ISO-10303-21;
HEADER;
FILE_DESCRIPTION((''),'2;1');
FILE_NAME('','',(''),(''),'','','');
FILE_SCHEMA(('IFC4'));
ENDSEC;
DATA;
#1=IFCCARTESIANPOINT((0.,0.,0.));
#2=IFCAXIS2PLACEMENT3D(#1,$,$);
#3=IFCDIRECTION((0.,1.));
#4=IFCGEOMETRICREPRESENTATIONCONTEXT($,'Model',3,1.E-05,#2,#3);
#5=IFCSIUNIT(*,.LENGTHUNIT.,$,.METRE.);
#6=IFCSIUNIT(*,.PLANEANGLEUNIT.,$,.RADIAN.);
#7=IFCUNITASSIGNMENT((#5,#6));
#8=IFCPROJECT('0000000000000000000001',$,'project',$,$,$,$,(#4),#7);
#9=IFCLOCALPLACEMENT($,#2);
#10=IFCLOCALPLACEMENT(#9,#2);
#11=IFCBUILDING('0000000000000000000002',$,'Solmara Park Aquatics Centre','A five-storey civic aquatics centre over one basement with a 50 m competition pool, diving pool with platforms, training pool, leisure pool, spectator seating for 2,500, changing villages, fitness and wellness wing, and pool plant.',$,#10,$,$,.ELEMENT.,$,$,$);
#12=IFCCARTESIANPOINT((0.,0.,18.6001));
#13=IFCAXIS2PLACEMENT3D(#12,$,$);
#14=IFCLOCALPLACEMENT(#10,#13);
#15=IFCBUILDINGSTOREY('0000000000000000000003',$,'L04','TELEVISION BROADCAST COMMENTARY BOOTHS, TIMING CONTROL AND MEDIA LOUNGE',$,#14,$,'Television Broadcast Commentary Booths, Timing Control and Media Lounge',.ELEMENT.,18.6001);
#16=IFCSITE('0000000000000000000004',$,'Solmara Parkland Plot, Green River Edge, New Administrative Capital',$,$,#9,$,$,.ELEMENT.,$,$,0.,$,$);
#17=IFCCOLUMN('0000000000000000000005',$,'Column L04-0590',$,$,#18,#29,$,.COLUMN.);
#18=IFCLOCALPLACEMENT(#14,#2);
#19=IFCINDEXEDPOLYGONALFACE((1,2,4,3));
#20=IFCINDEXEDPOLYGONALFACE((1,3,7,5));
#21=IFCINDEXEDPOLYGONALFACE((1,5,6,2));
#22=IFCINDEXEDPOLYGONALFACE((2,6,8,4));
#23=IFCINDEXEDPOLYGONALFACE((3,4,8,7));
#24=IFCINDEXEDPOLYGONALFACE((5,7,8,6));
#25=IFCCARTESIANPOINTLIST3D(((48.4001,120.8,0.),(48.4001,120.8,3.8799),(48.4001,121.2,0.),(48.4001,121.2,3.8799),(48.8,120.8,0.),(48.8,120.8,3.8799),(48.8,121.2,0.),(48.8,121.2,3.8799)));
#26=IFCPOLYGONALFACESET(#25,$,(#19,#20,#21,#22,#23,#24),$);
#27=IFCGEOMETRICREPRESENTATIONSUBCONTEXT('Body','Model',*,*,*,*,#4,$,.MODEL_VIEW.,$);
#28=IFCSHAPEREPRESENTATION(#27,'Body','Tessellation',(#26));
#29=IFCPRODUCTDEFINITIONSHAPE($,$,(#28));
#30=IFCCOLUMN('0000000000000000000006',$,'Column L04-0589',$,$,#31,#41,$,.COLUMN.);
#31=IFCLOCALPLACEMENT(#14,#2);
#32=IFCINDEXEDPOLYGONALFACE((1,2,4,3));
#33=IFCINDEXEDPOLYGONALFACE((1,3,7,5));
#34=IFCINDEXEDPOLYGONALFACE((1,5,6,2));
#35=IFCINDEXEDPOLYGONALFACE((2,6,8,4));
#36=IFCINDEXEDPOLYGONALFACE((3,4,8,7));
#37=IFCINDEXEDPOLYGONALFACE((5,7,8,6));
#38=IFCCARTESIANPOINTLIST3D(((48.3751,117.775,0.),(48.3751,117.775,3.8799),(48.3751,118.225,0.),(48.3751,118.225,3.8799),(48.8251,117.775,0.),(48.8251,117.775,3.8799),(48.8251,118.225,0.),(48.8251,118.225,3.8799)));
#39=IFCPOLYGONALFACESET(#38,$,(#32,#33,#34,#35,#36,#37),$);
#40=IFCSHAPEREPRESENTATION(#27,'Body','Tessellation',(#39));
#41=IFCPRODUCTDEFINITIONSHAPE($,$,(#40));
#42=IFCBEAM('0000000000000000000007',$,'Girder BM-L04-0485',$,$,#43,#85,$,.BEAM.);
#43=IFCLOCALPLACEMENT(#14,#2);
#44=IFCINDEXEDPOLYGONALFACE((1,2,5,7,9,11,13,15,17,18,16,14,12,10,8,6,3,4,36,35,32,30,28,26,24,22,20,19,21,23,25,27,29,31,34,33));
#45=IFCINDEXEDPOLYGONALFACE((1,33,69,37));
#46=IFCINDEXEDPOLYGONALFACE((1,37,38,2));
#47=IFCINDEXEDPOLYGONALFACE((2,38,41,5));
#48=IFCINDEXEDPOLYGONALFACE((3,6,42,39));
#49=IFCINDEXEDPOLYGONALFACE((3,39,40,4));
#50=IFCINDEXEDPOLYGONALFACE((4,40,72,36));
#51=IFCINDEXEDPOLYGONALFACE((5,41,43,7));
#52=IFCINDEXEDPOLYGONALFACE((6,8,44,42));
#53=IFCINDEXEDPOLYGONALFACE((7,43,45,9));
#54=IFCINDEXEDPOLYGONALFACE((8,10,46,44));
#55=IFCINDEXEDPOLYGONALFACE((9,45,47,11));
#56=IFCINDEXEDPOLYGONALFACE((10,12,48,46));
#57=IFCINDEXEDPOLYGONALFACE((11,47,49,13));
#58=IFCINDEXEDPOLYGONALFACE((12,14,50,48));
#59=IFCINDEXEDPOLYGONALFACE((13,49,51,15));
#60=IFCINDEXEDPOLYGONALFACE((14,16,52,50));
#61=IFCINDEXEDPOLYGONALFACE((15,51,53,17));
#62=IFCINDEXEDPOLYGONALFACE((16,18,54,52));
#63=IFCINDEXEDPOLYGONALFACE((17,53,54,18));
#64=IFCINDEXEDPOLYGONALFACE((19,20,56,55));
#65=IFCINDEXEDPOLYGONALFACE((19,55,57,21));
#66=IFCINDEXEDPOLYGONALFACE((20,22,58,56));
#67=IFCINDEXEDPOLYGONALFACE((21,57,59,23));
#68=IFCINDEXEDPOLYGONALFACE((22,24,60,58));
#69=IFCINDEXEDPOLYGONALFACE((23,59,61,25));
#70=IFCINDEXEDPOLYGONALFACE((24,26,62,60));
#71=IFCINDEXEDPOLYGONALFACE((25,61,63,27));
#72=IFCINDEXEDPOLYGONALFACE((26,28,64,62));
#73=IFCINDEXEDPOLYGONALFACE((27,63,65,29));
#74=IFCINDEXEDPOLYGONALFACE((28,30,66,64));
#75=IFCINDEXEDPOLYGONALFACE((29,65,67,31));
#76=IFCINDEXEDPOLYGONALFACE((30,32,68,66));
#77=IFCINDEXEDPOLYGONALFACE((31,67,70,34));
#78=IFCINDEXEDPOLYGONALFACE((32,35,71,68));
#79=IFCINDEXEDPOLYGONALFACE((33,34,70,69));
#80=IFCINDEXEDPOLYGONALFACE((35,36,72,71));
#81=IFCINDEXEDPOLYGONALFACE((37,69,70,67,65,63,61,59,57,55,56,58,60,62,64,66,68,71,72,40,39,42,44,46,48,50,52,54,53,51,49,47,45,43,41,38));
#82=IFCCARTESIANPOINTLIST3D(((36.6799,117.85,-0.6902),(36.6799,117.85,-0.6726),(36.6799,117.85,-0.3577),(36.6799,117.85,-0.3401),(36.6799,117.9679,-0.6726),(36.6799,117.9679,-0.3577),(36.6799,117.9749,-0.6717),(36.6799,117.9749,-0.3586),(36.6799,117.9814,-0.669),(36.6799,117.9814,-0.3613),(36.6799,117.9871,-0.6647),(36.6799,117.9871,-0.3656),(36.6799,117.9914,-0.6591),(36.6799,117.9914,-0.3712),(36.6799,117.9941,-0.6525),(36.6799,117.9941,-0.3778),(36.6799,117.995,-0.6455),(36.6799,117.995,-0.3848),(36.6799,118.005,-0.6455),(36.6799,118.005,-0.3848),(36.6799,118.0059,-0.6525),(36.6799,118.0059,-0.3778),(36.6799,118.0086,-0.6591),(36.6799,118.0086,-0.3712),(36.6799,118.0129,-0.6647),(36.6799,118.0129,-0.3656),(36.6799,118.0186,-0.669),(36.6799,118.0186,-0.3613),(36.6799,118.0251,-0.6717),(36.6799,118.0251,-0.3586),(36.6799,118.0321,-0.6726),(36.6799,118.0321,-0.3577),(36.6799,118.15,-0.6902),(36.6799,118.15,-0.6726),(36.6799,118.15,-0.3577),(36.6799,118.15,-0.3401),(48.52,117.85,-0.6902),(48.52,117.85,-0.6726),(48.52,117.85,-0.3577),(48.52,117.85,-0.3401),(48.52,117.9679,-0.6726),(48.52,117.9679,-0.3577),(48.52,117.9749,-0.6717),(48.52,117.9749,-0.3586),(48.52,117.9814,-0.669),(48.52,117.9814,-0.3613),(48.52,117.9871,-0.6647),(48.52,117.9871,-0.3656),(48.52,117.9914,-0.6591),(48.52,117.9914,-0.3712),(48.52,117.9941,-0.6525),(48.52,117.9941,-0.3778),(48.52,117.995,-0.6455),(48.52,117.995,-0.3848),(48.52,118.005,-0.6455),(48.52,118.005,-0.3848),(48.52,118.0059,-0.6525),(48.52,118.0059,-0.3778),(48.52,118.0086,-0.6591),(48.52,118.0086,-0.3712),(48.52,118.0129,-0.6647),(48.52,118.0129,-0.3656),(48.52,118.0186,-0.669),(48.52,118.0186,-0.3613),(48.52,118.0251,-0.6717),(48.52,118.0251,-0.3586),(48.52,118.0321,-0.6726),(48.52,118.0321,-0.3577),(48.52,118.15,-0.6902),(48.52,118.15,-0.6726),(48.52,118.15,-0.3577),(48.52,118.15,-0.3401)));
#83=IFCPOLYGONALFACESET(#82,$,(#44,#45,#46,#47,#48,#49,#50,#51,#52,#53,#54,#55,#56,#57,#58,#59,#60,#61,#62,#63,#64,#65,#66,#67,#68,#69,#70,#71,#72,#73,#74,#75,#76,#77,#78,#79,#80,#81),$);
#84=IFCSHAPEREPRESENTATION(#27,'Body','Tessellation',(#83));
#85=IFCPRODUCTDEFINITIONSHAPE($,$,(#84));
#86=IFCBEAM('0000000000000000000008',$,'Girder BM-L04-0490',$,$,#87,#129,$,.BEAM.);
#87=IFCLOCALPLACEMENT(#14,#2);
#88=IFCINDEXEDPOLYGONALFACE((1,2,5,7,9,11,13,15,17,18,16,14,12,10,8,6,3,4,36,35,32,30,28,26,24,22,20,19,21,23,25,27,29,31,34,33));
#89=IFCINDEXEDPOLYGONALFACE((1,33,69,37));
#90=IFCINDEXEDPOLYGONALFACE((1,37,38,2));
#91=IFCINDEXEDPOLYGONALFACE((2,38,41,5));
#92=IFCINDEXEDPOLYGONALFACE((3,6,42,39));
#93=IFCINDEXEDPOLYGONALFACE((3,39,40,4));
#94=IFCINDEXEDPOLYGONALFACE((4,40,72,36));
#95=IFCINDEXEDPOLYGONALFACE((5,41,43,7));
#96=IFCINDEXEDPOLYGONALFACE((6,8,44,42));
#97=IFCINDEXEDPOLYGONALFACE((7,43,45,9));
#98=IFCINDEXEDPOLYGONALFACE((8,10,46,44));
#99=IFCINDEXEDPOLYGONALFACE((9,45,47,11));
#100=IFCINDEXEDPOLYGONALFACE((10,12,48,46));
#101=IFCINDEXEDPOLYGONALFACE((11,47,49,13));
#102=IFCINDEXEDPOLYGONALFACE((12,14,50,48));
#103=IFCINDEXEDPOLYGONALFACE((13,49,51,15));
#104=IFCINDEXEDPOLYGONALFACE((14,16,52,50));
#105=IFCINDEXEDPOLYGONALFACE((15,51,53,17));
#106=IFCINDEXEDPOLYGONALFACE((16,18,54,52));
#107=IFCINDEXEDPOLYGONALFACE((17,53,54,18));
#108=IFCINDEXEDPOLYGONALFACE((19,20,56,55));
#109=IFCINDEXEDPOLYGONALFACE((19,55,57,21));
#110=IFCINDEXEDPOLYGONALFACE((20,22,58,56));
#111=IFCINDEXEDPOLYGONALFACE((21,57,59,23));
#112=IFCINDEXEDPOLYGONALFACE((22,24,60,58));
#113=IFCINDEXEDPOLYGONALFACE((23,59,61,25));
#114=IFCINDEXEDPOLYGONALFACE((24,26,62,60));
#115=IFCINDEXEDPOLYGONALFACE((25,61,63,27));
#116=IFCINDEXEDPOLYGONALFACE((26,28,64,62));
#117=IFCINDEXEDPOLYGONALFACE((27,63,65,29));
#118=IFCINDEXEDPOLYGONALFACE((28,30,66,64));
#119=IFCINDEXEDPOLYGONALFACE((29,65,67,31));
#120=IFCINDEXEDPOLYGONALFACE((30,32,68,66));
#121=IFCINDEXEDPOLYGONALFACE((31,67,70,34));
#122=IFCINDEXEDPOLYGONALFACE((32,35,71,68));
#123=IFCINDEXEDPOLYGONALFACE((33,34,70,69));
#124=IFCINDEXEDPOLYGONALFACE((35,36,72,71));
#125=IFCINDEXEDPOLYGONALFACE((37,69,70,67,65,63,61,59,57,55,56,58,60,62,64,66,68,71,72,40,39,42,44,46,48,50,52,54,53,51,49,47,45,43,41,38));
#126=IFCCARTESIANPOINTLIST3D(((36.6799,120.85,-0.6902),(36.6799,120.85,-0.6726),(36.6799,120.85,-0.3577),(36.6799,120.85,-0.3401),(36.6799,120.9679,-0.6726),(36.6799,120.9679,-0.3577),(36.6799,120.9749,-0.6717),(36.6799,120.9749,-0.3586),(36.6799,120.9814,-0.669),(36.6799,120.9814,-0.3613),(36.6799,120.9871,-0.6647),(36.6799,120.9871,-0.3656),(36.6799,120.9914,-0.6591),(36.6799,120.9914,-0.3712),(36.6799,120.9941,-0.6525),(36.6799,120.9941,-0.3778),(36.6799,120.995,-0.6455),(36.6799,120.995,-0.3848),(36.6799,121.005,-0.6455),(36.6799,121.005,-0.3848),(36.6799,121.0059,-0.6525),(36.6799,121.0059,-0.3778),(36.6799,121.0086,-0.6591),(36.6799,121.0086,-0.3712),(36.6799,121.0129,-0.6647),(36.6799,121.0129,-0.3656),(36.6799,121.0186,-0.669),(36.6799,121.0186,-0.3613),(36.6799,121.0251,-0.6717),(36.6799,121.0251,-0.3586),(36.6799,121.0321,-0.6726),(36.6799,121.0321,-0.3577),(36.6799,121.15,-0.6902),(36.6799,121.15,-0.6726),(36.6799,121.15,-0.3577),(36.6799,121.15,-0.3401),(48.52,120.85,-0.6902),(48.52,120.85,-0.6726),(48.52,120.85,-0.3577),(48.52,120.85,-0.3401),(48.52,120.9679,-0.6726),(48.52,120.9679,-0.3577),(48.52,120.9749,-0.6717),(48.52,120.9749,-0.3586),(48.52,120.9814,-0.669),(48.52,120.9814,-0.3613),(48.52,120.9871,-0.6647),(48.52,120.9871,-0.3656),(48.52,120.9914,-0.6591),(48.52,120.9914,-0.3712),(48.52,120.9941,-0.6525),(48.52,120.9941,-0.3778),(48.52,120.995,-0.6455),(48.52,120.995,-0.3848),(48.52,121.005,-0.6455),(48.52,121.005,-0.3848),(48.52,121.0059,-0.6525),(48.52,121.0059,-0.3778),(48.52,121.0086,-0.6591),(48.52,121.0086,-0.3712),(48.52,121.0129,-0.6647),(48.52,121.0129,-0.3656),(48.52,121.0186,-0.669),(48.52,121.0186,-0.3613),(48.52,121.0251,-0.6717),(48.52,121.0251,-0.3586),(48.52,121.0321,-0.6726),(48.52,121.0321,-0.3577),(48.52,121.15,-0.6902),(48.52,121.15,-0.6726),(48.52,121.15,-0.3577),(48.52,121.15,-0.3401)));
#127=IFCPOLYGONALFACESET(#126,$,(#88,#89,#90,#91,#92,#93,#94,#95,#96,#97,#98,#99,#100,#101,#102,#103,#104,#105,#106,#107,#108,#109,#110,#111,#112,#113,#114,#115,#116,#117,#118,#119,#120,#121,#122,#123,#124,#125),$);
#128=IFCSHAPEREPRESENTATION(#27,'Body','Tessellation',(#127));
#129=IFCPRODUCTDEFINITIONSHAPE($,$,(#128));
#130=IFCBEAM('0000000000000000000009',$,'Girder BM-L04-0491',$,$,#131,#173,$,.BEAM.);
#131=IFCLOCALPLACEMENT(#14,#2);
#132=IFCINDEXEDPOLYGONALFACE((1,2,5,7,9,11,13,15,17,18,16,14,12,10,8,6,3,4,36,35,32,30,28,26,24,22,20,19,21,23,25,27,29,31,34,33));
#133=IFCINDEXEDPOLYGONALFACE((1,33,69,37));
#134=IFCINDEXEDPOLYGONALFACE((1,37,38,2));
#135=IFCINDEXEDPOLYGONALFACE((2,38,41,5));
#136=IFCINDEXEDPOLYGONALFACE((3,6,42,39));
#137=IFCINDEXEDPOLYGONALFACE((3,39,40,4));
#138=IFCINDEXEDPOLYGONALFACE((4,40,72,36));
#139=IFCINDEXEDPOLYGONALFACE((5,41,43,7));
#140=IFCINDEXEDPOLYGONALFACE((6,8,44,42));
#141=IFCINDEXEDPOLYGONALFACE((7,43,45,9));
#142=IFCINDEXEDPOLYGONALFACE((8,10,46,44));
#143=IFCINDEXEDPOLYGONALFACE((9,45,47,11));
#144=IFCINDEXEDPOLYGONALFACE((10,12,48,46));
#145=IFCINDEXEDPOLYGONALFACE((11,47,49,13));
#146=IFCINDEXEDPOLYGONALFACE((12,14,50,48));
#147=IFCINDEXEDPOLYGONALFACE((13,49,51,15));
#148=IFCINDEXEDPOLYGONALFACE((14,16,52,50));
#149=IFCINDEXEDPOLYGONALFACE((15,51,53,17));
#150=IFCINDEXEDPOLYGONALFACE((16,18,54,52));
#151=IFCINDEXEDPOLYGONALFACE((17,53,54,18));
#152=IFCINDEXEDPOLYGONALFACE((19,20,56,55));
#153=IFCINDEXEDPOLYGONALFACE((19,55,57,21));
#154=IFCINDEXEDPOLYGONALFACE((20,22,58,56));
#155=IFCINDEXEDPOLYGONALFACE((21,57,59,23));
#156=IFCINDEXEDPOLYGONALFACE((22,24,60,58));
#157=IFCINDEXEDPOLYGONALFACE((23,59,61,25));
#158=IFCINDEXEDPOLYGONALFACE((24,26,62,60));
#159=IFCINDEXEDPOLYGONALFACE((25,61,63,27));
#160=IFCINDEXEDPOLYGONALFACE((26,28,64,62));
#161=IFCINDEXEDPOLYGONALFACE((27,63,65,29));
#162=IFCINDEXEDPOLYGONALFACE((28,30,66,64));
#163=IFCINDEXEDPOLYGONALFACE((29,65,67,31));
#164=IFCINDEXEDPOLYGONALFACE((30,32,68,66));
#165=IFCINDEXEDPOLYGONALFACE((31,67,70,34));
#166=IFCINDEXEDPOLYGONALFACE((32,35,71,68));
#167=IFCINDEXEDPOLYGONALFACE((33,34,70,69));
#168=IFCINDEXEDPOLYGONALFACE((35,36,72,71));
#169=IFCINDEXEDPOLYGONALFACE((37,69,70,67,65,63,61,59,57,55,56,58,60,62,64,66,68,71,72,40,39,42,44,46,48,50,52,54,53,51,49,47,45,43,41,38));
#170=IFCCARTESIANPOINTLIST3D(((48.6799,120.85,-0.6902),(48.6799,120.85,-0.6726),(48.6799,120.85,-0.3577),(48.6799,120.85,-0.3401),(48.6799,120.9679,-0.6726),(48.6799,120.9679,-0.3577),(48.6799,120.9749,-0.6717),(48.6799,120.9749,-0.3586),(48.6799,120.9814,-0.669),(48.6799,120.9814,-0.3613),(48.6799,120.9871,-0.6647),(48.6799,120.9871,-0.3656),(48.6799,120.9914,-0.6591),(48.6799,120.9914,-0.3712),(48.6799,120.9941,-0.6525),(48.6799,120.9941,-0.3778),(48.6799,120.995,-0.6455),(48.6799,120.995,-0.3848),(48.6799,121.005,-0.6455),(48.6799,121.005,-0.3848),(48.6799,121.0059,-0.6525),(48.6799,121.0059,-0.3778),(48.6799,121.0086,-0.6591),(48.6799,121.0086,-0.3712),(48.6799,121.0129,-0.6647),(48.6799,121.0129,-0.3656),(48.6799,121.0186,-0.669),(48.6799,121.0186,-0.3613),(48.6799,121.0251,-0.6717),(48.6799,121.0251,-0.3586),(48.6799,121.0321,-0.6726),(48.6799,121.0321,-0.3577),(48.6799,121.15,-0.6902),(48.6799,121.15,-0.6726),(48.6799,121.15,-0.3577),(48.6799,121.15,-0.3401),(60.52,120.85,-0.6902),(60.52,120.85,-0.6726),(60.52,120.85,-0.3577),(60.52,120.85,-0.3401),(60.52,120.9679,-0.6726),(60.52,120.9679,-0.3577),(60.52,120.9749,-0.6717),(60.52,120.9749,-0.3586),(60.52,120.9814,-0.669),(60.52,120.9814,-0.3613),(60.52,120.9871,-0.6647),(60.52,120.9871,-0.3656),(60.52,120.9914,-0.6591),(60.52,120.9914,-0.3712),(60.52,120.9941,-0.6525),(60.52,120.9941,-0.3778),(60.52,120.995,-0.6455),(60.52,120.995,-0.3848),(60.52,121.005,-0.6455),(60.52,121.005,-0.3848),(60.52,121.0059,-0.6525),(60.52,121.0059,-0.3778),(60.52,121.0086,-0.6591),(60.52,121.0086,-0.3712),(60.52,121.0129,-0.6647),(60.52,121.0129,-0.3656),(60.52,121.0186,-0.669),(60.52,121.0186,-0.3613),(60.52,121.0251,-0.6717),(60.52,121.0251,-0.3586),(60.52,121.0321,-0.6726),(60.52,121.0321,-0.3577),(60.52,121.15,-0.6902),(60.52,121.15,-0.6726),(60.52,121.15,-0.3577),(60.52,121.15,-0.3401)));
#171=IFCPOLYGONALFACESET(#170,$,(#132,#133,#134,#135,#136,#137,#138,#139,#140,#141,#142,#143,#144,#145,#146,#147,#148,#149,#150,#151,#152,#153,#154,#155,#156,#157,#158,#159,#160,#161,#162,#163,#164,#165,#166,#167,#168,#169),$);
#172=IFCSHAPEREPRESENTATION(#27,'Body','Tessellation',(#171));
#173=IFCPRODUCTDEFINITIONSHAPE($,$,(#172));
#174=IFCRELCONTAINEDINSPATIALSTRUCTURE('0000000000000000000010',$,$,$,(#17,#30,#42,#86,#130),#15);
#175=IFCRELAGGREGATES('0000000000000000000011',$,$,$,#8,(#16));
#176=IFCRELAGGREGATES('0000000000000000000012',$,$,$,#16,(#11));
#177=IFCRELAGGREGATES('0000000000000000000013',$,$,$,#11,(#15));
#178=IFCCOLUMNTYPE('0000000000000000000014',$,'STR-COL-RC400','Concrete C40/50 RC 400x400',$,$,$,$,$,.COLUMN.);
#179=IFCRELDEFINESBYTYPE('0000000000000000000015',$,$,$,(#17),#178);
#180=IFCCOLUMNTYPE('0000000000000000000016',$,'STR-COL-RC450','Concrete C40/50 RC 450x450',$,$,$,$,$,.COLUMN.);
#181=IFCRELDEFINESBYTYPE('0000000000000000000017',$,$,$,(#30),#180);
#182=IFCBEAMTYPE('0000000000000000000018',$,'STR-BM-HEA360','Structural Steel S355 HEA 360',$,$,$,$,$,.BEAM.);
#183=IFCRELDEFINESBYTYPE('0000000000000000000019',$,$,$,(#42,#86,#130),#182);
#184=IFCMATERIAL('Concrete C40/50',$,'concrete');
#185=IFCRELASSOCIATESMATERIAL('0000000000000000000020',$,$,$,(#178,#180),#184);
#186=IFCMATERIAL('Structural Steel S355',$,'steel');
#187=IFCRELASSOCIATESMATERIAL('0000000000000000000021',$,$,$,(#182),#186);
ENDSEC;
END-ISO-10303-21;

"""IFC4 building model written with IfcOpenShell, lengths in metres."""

from ifc_helpers import new_model, si_unit, direction, frame, origin, origin_2d, place, context, subcontext, project, spatial, rectangle, i_section, extrude, material, material_profile, profile_set, type_object, element, save


model = new_model("IFC4")

# Units and contexts
model_context = context("Model", 3, precision=1e-05, world=origin(), true_north=direction((0.0, 1.0)))
body_context = subcontext(model_context, "Body", "Model", "MODEL_VIEW")
ifc_project = project(units=[si_unit("LENGTHUNIT", "METRE"), si_unit("PLANEANGLEUNIT", "RADIAN")], contexts=[model_context])

# Site, building, storey
site_placement = place(None, origin())
site = spatial("IfcSite", under=ifc_project, at=site_placement, Name="Solmara Parkland Plot, Green River Edge, New Administrative Capital", CompositionType="ELEMENT", RefElevation=0.0)
building_placement = place(site_placement, origin())
building = spatial("IfcBuilding", under=site, at=building_placement, Name="Solmara Park Aquatics Centre", Description="A five-storey civic aquatics centre over one basement with a 50 m competition pool, diving pool with platforms, training pool, leisure pool, spectator seating for 2,500, changing villages, fitness and wellness wing, and pool plant.", CompositionType="ELEMENT")
storey_placement = place(building_placement, frame((0.0, 0.0, 18.6001)))
storey = spatial("IfcBuildingStorey", under=building, at=storey_placement, Name="L04", Description="TELEVISION BROADCAST COMMENTARY BOOTHS, TIMING CONTROL AND MEDIA LOUNGE", LongName="Television Broadcast Commentary Booths, Timing Control and Media Lounge", CompositionType="ELEMENT", Elevation=18.6001)

# Columns
ifc_material_1 = material(Name="Concrete C40/50", Category="concrete")
ifc_material_profile_1 = material_profile(ifc_material_1, rectangle(XDim=0.3999, YDim=0.3999, at=origin_2d()), Name="RC 400x400")
ifc_profile_set_1 = profile_set([ifc_material_profile_1], Name="Concrete C40/50")
column_type_1 = type_object("IfcColumnType", Name="STR-COL-RC400", Description="Concrete C40/50 RC 400x400", PredefinedType="COLUMN", material=ifc_profile_set_1)
column_1_placement = place(storey_placement, frame((48.6001, 121.0, 0.0), z_axis=(0.0, 0.0, 1.0), x_axis=(1.0, 0.0, 0.0)))
element("IfcColumn", 1, at=column_1_placement, inside=storey, type_object=column_type_1, Name="Column L04-0590", PredefinedType="COLUMN", context=body_context, shape_type="SweptSolid", body=[
    extrude(rectangle(XDim=0.3999, YDim=0.3999, at=origin_2d()), origin(), (0.0, 0.0, 1.0), 3.8799),
])
ifc_material_profile_2 = material_profile(ifc_material_1, rectangle(XDim=0.45, YDim=0.45, at=origin_2d()), Name="RC 450x450")
ifc_profile_set_2 = profile_set([ifc_material_profile_2], Name="Concrete C40/50")
column_type_2 = type_object("IfcColumnType", Name="STR-COL-RC450", Description="Concrete C40/50 RC 450x450", PredefinedType="COLUMN", material=ifc_profile_set_2)
column_2_placement = place(storey_placement, frame((48.6001, 118.0, 0.0), z_axis=(0.0, 0.0, 1.0), x_axis=(1.0, 0.0, 0.0)))
element("IfcColumn", 2, at=column_2_placement, inside=storey, type_object=column_type_2, Name="Column L04-0589", PredefinedType="COLUMN", context=body_context, shape_type="SweptSolid", body=[
    extrude(rectangle(XDim=0.45, YDim=0.45, at=origin_2d()), origin(), (0.0, 0.0, 1.0), 3.8799),
])

# Beams
ifc_material_2 = material(Name="Structural Steel S355", Category="steel")
ifc_material_profile_3 = material_profile(ifc_material_2, i_section(OverallWidth=0.3, OverallDepth=0.3501, WebThickness=0.01, FlangeThickness=0.0176, FilletRadius=0.0271, at=origin_2d()), Name="HEA 360")
ifc_profile_set_3 = profile_set([ifc_material_profile_3], Name="Structural Steel S355")
beam_type_1 = type_object("IfcBeamType", Name="STR-BM-HEA360", Description="Structural Steel S355 HEA 360", PredefinedType="BEAM", material=ifc_profile_set_3)
for number, where, z_axis, x_axis, name in (
    (3, (36.6799, 118.0, -0.5151), (1.0, 0.0, 0.0), (0.0, 1.0, 0.0), "Girder BM-L04-0485"),
    (4, (36.6799, 121.0, -0.5151), (1.0, 0.0, 0.0), (0.0, 1.0, 0.0), "Girder BM-L04-0490"),
    (5, (48.6799, 121.0, -0.5151), (1.0, 0.0, 0.0), (0.0, 1.0, 0.0), "Girder BM-L04-0491"),
):
    element("IfcBeam", number, at=place(storey_placement, frame(where, z_axis=z_axis, x_axis=x_axis)), inside=storey, type_object=beam_type_1, Name=name, PredefinedType="BEAM", context=body_context, shape_type="SweptSolid", body=[
        extrude(i_section(OverallWidth=0.3, OverallDepth=0.3501, WebThickness=0.01, FlangeThickness=0.0176, FilletRadius=0.0271, at=origin_2d()), origin(), (0.0, 0.0, 1.0), 11.8401),
    ])

save(model, "model.ifc")
